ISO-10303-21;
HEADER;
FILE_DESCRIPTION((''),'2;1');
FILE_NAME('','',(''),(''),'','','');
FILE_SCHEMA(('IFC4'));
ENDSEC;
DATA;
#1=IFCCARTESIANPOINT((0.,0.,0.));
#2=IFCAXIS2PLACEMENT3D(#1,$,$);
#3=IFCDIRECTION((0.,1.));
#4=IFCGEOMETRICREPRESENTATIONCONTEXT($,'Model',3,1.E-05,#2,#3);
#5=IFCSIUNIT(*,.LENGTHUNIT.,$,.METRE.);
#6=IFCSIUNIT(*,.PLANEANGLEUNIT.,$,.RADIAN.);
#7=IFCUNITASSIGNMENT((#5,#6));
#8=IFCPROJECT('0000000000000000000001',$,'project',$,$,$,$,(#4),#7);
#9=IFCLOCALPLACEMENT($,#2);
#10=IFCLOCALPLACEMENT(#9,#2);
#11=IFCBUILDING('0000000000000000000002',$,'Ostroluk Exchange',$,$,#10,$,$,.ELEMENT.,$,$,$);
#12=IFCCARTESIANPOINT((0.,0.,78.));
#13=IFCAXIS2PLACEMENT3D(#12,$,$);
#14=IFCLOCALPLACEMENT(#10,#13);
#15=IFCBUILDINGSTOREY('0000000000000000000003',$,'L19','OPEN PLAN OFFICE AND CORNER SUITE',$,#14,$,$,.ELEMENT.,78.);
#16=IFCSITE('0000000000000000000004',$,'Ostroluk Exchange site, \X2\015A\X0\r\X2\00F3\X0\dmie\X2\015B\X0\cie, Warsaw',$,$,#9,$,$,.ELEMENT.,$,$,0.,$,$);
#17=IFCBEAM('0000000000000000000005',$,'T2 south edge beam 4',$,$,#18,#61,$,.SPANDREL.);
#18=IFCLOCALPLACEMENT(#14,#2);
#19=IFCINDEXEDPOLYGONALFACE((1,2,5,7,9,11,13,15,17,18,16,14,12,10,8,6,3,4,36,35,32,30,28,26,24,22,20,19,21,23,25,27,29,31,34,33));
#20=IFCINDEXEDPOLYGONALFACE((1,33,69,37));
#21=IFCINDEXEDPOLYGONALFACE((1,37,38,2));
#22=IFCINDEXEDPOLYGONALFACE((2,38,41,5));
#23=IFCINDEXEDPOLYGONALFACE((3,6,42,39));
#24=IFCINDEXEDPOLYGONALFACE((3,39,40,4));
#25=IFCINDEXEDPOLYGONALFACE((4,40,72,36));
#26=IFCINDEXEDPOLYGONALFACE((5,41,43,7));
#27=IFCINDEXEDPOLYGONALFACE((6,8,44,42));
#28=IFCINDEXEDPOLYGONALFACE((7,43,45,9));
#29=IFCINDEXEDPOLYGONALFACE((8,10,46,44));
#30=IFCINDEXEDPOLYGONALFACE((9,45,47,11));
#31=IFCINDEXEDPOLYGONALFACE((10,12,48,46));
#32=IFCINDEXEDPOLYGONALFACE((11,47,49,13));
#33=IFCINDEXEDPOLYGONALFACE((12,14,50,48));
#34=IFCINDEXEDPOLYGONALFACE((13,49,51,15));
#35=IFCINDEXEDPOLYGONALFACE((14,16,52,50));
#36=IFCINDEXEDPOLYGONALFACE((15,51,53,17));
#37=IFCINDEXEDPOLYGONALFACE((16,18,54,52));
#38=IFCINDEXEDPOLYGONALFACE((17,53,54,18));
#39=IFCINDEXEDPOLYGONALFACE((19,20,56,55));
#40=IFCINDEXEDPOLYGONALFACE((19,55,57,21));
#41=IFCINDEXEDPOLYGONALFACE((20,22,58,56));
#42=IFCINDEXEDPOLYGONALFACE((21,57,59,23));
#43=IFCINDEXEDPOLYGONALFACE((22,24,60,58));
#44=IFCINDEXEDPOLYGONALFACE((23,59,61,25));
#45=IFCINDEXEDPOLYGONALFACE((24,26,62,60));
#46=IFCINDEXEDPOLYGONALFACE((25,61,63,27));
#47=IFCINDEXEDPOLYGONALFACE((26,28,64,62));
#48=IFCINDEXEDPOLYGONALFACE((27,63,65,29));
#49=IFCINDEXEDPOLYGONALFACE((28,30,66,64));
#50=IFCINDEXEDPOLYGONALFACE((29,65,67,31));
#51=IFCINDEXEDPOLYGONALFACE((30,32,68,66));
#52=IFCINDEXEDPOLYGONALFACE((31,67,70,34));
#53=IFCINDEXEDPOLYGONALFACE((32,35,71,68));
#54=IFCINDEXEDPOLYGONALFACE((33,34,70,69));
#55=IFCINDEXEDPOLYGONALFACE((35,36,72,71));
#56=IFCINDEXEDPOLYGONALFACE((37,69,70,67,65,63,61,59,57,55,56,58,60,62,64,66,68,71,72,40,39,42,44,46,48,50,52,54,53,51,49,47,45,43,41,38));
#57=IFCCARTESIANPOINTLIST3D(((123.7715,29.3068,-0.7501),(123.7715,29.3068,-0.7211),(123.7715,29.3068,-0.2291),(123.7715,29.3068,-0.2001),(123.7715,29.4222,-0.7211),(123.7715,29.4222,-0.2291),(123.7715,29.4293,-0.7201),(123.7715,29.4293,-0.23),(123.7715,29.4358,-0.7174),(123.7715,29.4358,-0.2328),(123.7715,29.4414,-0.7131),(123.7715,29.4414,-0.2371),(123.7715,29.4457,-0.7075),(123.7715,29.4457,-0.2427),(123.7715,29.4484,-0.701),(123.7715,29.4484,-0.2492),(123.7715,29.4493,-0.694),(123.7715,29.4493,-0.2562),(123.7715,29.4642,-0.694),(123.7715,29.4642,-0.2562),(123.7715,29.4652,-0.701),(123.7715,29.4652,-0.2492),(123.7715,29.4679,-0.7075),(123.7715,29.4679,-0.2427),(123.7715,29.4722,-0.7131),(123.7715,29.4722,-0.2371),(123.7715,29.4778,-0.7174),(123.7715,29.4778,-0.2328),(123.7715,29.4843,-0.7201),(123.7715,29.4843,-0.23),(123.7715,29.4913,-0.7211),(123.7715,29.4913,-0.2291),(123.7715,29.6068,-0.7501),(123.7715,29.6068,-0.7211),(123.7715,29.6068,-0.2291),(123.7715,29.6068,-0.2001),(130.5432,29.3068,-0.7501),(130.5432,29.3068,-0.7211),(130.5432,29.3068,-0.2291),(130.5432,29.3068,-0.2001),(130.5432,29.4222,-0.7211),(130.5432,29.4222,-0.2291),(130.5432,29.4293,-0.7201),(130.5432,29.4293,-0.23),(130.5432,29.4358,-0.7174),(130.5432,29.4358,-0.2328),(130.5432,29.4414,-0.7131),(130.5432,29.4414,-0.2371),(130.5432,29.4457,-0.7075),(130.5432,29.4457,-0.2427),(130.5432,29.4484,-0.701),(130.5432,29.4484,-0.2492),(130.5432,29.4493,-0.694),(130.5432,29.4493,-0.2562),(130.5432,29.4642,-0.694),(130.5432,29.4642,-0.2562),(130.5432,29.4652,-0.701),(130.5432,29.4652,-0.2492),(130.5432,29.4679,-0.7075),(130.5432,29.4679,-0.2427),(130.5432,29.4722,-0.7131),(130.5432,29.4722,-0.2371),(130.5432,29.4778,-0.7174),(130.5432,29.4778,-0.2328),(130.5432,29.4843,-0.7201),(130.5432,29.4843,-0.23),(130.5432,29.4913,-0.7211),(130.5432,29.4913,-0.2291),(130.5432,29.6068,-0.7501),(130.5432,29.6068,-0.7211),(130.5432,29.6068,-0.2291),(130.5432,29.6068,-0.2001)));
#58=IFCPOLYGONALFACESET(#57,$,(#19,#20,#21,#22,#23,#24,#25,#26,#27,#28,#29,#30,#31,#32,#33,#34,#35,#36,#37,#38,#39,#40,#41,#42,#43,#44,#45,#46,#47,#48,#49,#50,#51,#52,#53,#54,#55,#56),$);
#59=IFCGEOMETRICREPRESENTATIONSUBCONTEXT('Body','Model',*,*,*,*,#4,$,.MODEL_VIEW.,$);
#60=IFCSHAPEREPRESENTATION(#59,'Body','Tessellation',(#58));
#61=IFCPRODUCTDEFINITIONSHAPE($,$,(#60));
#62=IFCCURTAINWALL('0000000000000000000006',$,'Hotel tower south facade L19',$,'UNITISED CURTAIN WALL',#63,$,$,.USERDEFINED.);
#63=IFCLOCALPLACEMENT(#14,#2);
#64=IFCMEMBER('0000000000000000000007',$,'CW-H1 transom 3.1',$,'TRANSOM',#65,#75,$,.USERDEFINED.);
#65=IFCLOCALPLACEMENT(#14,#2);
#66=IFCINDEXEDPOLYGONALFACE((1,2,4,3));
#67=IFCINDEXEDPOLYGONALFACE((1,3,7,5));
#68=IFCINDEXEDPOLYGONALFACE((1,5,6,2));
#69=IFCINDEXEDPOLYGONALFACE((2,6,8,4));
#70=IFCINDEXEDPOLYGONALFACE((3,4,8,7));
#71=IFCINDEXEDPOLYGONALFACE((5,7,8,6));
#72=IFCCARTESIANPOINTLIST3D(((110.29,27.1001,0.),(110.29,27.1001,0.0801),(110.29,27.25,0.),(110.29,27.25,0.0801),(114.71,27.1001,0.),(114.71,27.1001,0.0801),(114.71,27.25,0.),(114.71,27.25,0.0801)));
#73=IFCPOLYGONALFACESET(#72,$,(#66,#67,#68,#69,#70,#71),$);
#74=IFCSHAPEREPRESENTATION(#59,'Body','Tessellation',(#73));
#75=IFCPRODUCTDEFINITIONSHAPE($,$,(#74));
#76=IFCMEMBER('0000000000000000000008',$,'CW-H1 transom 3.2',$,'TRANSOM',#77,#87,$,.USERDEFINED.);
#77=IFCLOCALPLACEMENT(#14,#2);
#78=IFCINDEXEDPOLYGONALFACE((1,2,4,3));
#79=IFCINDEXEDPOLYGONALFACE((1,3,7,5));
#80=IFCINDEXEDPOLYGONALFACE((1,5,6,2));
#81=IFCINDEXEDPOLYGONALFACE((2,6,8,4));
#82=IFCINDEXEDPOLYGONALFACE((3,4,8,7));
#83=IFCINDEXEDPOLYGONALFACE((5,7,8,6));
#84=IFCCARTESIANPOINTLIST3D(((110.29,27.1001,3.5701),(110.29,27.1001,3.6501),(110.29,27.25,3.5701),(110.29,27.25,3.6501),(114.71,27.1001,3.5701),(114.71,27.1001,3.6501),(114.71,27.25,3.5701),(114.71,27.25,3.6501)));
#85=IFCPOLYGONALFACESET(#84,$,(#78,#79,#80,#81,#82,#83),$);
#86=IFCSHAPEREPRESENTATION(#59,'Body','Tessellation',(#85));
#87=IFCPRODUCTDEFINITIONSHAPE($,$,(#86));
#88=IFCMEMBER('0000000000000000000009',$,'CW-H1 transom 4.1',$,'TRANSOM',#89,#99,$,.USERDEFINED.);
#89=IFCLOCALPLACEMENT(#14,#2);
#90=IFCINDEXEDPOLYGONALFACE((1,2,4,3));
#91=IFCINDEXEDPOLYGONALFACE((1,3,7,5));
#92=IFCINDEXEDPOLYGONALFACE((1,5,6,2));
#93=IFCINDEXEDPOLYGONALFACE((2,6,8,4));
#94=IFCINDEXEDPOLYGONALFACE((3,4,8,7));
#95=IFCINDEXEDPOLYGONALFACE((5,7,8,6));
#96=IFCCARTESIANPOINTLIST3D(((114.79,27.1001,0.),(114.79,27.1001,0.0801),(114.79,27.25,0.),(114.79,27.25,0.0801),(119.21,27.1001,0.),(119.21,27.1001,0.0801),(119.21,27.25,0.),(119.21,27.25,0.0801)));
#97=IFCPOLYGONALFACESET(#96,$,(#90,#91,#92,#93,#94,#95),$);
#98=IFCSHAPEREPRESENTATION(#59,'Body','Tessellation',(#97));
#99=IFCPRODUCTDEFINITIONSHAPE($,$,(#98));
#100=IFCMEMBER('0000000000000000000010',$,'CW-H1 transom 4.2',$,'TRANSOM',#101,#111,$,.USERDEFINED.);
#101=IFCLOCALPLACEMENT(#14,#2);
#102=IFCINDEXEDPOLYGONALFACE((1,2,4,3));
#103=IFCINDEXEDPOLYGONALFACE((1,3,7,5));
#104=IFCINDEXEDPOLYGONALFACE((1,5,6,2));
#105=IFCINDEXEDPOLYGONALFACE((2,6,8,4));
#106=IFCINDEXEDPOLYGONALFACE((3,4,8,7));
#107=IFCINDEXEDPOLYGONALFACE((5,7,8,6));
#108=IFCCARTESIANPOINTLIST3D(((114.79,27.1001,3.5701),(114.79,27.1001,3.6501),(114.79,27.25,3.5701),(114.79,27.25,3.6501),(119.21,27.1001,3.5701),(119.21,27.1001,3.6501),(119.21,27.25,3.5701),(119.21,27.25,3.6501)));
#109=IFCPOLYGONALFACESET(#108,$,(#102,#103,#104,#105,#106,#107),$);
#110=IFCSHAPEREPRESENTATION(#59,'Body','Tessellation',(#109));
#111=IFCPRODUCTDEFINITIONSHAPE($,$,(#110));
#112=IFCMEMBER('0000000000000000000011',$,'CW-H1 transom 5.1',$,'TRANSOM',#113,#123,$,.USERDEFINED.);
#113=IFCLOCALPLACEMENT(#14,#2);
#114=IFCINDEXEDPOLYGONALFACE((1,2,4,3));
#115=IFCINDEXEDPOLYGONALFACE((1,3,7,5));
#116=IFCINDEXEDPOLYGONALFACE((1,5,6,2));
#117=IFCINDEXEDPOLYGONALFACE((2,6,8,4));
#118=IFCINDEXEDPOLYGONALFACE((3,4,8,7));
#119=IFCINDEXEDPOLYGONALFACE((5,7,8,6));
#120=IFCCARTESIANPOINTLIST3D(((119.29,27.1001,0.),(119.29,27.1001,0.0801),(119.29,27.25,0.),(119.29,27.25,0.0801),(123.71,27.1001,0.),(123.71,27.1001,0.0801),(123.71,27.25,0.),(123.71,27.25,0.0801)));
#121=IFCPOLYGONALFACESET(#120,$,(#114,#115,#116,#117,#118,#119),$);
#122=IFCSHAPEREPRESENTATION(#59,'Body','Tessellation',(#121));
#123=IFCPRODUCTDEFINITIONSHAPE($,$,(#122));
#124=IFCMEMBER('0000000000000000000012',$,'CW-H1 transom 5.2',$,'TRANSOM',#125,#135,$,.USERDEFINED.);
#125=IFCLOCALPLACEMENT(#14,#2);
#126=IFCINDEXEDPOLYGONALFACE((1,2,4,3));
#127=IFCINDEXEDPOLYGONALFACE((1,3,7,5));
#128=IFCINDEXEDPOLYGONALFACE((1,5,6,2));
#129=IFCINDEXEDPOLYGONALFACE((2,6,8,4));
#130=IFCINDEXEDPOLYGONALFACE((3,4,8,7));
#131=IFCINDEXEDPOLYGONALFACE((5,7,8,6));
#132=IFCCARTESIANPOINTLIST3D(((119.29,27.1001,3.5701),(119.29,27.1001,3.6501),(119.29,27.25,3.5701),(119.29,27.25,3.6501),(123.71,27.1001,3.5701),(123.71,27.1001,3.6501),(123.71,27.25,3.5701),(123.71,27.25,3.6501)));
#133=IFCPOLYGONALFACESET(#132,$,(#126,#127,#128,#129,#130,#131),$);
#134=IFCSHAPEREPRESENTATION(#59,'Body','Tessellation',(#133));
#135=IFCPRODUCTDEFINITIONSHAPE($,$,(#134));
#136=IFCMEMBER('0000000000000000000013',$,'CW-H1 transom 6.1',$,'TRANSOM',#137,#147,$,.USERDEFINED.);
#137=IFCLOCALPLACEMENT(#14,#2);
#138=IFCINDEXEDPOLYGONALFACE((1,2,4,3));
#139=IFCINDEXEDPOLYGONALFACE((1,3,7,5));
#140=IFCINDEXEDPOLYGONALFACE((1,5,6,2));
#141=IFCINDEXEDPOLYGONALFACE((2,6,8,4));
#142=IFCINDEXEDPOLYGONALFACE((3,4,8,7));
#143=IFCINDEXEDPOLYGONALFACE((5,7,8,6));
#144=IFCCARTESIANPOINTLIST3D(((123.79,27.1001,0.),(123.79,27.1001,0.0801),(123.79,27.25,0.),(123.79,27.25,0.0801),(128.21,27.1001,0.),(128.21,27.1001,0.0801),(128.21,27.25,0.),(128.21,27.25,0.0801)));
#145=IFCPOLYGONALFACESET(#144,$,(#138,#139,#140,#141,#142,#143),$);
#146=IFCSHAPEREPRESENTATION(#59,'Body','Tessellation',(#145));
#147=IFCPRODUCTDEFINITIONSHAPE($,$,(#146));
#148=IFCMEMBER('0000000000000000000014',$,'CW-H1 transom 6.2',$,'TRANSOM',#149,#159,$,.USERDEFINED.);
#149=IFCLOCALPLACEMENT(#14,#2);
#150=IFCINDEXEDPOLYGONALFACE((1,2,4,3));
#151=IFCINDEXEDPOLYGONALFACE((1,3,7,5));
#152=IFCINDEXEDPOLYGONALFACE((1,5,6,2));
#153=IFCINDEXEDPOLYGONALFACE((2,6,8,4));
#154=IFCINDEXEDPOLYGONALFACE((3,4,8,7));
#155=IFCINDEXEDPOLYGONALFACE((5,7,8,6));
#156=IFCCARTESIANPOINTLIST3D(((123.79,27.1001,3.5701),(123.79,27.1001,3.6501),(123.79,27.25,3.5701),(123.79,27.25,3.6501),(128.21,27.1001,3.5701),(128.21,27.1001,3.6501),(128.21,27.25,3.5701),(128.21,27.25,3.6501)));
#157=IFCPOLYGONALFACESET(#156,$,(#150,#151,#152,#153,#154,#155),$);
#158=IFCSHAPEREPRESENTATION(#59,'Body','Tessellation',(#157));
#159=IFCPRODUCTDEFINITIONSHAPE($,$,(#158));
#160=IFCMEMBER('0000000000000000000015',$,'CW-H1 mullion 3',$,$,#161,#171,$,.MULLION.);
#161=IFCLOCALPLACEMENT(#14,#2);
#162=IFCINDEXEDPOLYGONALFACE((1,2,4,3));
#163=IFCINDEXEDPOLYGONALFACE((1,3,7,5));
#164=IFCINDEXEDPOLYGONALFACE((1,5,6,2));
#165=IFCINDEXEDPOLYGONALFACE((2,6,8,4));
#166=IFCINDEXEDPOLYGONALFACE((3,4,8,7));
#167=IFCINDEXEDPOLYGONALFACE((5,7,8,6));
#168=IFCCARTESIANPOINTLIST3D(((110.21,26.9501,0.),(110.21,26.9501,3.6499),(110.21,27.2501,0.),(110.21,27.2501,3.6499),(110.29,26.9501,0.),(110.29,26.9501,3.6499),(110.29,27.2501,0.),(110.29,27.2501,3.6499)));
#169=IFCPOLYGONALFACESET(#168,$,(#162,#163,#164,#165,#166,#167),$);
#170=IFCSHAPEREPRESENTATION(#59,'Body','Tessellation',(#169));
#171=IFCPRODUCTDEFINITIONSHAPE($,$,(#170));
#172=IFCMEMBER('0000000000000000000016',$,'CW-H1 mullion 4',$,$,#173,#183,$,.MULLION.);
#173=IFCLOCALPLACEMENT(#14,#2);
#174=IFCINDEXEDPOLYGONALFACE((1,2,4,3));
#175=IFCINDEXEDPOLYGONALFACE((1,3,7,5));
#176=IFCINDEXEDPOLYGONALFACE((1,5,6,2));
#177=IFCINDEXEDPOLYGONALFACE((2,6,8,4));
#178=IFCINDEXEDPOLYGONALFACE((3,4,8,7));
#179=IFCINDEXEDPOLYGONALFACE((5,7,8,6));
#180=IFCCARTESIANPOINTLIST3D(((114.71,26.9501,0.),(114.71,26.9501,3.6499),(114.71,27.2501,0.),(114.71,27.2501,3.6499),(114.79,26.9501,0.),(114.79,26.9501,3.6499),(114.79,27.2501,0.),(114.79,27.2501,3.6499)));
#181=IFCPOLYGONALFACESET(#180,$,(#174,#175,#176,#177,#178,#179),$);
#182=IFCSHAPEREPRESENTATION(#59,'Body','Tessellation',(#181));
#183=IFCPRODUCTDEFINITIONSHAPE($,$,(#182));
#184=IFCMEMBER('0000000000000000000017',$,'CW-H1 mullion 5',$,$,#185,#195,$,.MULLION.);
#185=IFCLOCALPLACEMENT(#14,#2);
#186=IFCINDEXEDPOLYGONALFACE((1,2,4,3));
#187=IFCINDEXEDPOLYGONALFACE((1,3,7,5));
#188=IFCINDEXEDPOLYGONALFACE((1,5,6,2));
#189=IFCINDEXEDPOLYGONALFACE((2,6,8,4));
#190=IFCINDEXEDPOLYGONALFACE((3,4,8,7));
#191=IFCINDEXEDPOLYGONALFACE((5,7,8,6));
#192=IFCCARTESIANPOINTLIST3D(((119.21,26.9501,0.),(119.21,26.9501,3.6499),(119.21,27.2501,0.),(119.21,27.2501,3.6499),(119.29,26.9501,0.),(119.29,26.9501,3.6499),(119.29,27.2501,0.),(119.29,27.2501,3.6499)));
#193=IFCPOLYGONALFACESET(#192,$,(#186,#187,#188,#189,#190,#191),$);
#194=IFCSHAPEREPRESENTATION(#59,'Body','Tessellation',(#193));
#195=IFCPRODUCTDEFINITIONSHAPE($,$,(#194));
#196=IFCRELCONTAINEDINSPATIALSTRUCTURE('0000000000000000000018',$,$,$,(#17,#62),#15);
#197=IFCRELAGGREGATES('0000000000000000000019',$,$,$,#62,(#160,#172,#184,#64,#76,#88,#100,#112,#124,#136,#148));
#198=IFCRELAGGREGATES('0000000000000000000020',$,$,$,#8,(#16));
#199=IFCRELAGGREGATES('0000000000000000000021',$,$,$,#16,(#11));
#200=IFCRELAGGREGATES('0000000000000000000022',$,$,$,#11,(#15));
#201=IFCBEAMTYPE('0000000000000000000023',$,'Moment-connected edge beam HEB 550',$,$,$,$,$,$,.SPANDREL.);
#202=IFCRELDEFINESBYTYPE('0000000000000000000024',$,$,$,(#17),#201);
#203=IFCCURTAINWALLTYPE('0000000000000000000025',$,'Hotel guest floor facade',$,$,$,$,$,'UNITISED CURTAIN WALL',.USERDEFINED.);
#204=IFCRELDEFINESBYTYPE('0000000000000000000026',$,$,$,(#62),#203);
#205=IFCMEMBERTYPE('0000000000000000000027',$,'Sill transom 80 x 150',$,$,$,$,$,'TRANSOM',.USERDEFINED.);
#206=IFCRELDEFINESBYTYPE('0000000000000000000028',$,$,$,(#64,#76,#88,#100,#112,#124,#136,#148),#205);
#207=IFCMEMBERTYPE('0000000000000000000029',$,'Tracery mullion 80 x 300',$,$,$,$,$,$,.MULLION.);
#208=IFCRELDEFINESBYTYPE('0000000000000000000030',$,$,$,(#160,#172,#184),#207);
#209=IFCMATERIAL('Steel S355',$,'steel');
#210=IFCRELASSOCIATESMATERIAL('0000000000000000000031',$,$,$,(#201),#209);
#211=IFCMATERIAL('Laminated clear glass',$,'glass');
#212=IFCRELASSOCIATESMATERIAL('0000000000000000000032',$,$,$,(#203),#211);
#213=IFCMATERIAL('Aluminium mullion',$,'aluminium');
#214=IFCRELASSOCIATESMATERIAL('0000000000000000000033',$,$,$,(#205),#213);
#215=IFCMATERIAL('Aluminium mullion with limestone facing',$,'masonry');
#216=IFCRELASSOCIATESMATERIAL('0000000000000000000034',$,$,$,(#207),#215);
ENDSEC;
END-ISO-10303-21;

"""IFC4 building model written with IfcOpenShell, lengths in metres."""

from ifc_helpers import new_model, si_unit, direction, frame, origin, origin_2d, place, context, subcontext, project, spatial, rectangle, i_section, extrude, material, material_profile, profile_set, type_object, element, aggregate, save


model = new_model("IFC4")

# Units and contexts
model_context = context("Model", 3, precision=1e-05, world=origin(), true_north=direction((0.0, 1.0)))
body_context = subcontext(model_context, "Body", "Model", "MODEL_VIEW")
ifc_project = project(units=[si_unit("LENGTHUNIT", "METRE"), si_unit("PLANEANGLEUNIT", "RADIAN")], contexts=[model_context])

# Site, building, storey
site_placement = place(None, origin())
site = spatial("IfcSite", under=ifc_project, at=site_placement, Name="Ostroluk Exchange site, Śródmieście, Warsaw", CompositionType="ELEMENT", RefElevation=0.0)
building_placement = place(site_placement, origin())
building = spatial("IfcBuilding", under=site, at=building_placement, Name="Ostroluk Exchange", CompositionType="ELEMENT")
storey_placement = place(building_placement, frame((0.0, 0.0, 78.0)))
storey = spatial("IfcBuildingStorey", under=building, at=storey_placement, Name="L19", Description="OPEN PLAN OFFICE AND CORNER SUITE", CompositionType="ELEMENT", Elevation=78.0)

# Beam
ifc_material_1 = material(Name="Steel S355", Category="steel")
ifc_material_profile_1 = material_profile(ifc_material_1, i_section(OverallWidth=0.3, OverallDepth=0.55, WebThickness=0.0149, FlangeThickness=0.0291, FilletRadius=0.0271, at=origin_2d()), Name="HEB 550")
ifc_profile_set_1 = profile_set([ifc_material_profile_1], Name="Steel S355")
beam_type = type_object("IfcBeamType", Name="Moment-connected edge beam HEB 550", PredefinedType="SPANDREL", material=ifc_profile_set_1)
beam_placement = place(storey_placement, frame((123.7715, 29.4568, -0.4751), z_axis=(1.0, 0.0, 0.0), x_axis=(0.0, 1.0, 0.0)))
element("IfcBeam", 1, at=beam_placement, inside=storey, type_object=beam_type, Name="T2 south edge beam 4", PredefinedType="SPANDREL", context=body_context, shape_type="SweptSolid", body=[
    extrude(i_section(OverallWidth=0.3, OverallDepth=0.55, WebThickness=0.0149, FlangeThickness=0.0291, FilletRadius=0.0271, at=origin_2d()), origin(), (0.0, 0.0, 1.0), 6.7717),
])

# Curtain wall, members
ifc_material_2 = material(Name="Laminated clear glass", Category="glass")
curtain_wall_type = type_object("IfcCurtainWallType", Name="Hotel guest floor facade", ElementType="UNITISED CURTAIN WALL", PredefinedType="USERDEFINED", material=ifc_material_2)
curtain_wall_placement = place(storey_placement, origin())
curtain_wall = element("IfcCurtainWall", 2, at=curtain_wall_placement, inside=storey, type_object=curtain_wall_type, Name="Hotel tower south facade L19", ObjectType="UNITISED CURTAIN WALL", PredefinedType="USERDEFINED")
ifc_material_3 = material(Name="Aluminium mullion", Category="aluminium")
ifc_material_profile_2 = material_profile(ifc_material_3, rectangle(XDim=0.1499, YDim=0.0801, at=origin_2d()), Name="Sill transom 80 x 150")
ifc_profile_set_2 = profile_set([ifc_material_profile_2], Name="Aluminium mullion")
member_type_1 = type_object("IfcMemberType", Name="Sill transom 80 x 150", ElementType="TRANSOM", PredefinedType="USERDEFINED", material=ifc_profile_set_2)
member_1_placement = place(storey_placement, frame((110.29, 27.175, 0.04), z_axis=(1.0, 0.0, 0.0), x_axis=(0.0, 1.0, 0.0)))
member_1 = element("IfcMember", 3, at=member_1_placement, type_object=member_type_1, Name="CW-H1 transom 3.1", ObjectType="TRANSOM", PredefinedType="USERDEFINED", context=body_context, shape_type="SweptSolid", body=[
    extrude(rectangle(XDim=0.1499, YDim=0.0801, at=origin_2d()), origin(), (0.0, 0.0, 1.0), 4.4199),
])
member_2_placement = place(storey_placement, frame((110.29, 27.175, 3.6101), z_axis=(1.0, 0.0, 0.0), x_axis=(0.0, 1.0, 0.0)))
member_2 = element("IfcMember", 4, at=member_2_placement, type_object=member_type_1, Name="CW-H1 transom 3.2", ObjectType="TRANSOM", PredefinedType="USERDEFINED", context=body_context, shape_type="SweptSolid", body=[
    extrude(rectangle(XDim=0.1499, YDim=0.0801, at=origin_2d()), origin(), (0.0, 0.0, 1.0), 4.4199),
])
member_3_placement = place(storey_placement, frame((114.79, 27.175, 0.04), z_axis=(1.0, 0.0, 0.0), x_axis=(0.0, 1.0, 0.0)))
member_3 = element("IfcMember", 5, at=member_3_placement, type_object=member_type_1, Name="CW-H1 transom 4.1", ObjectType="TRANSOM", PredefinedType="USERDEFINED", context=body_context, shape_type="SweptSolid", body=[
    extrude(rectangle(XDim=0.1499, YDim=0.0801, at=origin_2d()), origin(), (0.0, 0.0, 1.0), 4.4199),
])
member_4_placement = place(storey_placement, frame((114.79, 27.175, 3.6101), z_axis=(1.0, 0.0, 0.0), x_axis=(0.0, 1.0, 0.0)))
member_4 = element("IfcMember", 6, at=member_4_placement, type_object=member_type_1, Name="CW-H1 transom 4.2", ObjectType="TRANSOM", PredefinedType="USERDEFINED", context=body_context, shape_type="SweptSolid", body=[
    extrude(rectangle(XDim=0.1499, YDim=0.0801, at=origin_2d()), origin(), (0.0, 0.0, 1.0), 4.4199),
])
member_5_placement = place(storey_placement, frame((119.29, 27.175, 0.04), z_axis=(1.0, 0.0, 0.0), x_axis=(0.0, 1.0, 0.0)))
member_5 = element("IfcMember", 7, at=member_5_placement, type_object=member_type_1, Name="CW-H1 transom 5.1", ObjectType="TRANSOM", PredefinedType="USERDEFINED", context=body_context, shape_type="SweptSolid", body=[
    extrude(rectangle(XDim=0.1499, YDim=0.0801, at=origin_2d()), origin(), (0.0, 0.0, 1.0), 4.4199),
])
member_6_placement = place(storey_placement, frame((119.29, 27.175, 3.6101), z_axis=(1.0, 0.0, 0.0), x_axis=(0.0, 1.0, 0.0)))
member_6 = element("IfcMember", 8, at=member_6_placement, type_object=member_type_1, Name="CW-H1 transom 5.2", ObjectType="TRANSOM", PredefinedType="USERDEFINED", context=body_context, shape_type="SweptSolid", body=[
    extrude(rectangle(XDim=0.1499, YDim=0.0801, at=origin_2d()), origin(), (0.0, 0.0, 1.0), 4.4199),
])
member_7_placement = place(storey_placement, frame((123.79, 27.175, 0.04), z_axis=(1.0, 0.0, 0.0), x_axis=(0.0, 1.0, 0.0)))
member_7 = element("IfcMember", 9, at=member_7_placement, type_object=member_type_1, Name="CW-H1 transom 6.1", ObjectType="TRANSOM", PredefinedType="USERDEFINED", context=body_context, shape_type="SweptSolid", body=[
    extrude(rectangle(XDim=0.1499, YDim=0.0801, at=origin_2d()), origin(), (0.0, 0.0, 1.0), 4.4199),
])
member_8_placement = place(storey_placement, frame((123.79, 27.175, 3.6101), z_axis=(1.0, 0.0, 0.0), x_axis=(0.0, 1.0, 0.0)))
member_8 = element("IfcMember", 10, at=member_8_placement, type_object=member_type_1, Name="CW-H1 transom 6.2", ObjectType="TRANSOM", PredefinedType="USERDEFINED", context=body_context, shape_type="SweptSolid", body=[
    extrude(rectangle(XDim=0.1499, YDim=0.0801, at=origin_2d()), origin(), (0.0, 0.0, 1.0), 4.4199),
])
ifc_material_4 = material(Name="Aluminium mullion with limestone facing", Category="masonry")
ifc_material_profile_3 = material_profile(ifc_material_4, rectangle(XDim=0.3, YDim=0.0801, at=origin_2d()), Name="Tracery mullion 80 x 300")
ifc_profile_set_3 = profile_set([ifc_material_profile_3], Name="Aluminium mullion with limestone facing")
member_type_2 = type_object("IfcMemberType", Name="Tracery mullion 80 x 300", PredefinedType="MULLION", material=ifc_profile_set_3)
member_9_placement = place(storey_placement, frame((110.25, 27.1001, 0.0), z_axis=(0.0, 0.0, 1.0), x_axis=(0.0, 1.0, 0.0)))
member_9 = element("IfcMember", 11, at=member_9_placement, type_object=member_type_2, Name="CW-H1 mullion 3", PredefinedType="MULLION", context=body_context, shape_type="SweptSolid", body=[
    extrude(rectangle(XDim=0.3, YDim=0.0801, at=origin_2d()), origin(), (0.0, 0.0, 1.0), 3.6499),
])
member_10_placement = place(storey_placement, frame((114.75, 27.1001, 0.0), z_axis=(0.0, 0.0, 1.0), x_axis=(0.0, 1.0, 0.0)))
member_10 = element("IfcMember", 12, at=member_10_placement, type_object=member_type_2, Name="CW-H1 mullion 4", PredefinedType="MULLION", context=body_context, shape_type="SweptSolid", body=[
    extrude(rectangle(XDim=0.3, YDim=0.0801, at=origin_2d()), origin(), (0.0, 0.0, 1.0), 3.6499),
])
member_11_placement = place(storey_placement, frame((119.25, 27.1001, 0.0), z_axis=(0.0, 0.0, 1.0), x_axis=(0.0, 1.0, 0.0)))
member_11 = element("IfcMember", 13, at=member_11_placement, type_object=member_type_2, Name="CW-H1 mullion 5", PredefinedType="MULLION", context=body_context, shape_type="SweptSolid", body=[
    extrude(rectangle(XDim=0.3, YDim=0.0801, at=origin_2d()), origin(), (0.0, 0.0, 1.0), 3.6499),
])
aggregate(curtain_wall, [member_9, member_10, member_11, member_1, member_2, member_3, member_4, member_5, member_6, member_7, member_8])

save(model, "model.ifc")
